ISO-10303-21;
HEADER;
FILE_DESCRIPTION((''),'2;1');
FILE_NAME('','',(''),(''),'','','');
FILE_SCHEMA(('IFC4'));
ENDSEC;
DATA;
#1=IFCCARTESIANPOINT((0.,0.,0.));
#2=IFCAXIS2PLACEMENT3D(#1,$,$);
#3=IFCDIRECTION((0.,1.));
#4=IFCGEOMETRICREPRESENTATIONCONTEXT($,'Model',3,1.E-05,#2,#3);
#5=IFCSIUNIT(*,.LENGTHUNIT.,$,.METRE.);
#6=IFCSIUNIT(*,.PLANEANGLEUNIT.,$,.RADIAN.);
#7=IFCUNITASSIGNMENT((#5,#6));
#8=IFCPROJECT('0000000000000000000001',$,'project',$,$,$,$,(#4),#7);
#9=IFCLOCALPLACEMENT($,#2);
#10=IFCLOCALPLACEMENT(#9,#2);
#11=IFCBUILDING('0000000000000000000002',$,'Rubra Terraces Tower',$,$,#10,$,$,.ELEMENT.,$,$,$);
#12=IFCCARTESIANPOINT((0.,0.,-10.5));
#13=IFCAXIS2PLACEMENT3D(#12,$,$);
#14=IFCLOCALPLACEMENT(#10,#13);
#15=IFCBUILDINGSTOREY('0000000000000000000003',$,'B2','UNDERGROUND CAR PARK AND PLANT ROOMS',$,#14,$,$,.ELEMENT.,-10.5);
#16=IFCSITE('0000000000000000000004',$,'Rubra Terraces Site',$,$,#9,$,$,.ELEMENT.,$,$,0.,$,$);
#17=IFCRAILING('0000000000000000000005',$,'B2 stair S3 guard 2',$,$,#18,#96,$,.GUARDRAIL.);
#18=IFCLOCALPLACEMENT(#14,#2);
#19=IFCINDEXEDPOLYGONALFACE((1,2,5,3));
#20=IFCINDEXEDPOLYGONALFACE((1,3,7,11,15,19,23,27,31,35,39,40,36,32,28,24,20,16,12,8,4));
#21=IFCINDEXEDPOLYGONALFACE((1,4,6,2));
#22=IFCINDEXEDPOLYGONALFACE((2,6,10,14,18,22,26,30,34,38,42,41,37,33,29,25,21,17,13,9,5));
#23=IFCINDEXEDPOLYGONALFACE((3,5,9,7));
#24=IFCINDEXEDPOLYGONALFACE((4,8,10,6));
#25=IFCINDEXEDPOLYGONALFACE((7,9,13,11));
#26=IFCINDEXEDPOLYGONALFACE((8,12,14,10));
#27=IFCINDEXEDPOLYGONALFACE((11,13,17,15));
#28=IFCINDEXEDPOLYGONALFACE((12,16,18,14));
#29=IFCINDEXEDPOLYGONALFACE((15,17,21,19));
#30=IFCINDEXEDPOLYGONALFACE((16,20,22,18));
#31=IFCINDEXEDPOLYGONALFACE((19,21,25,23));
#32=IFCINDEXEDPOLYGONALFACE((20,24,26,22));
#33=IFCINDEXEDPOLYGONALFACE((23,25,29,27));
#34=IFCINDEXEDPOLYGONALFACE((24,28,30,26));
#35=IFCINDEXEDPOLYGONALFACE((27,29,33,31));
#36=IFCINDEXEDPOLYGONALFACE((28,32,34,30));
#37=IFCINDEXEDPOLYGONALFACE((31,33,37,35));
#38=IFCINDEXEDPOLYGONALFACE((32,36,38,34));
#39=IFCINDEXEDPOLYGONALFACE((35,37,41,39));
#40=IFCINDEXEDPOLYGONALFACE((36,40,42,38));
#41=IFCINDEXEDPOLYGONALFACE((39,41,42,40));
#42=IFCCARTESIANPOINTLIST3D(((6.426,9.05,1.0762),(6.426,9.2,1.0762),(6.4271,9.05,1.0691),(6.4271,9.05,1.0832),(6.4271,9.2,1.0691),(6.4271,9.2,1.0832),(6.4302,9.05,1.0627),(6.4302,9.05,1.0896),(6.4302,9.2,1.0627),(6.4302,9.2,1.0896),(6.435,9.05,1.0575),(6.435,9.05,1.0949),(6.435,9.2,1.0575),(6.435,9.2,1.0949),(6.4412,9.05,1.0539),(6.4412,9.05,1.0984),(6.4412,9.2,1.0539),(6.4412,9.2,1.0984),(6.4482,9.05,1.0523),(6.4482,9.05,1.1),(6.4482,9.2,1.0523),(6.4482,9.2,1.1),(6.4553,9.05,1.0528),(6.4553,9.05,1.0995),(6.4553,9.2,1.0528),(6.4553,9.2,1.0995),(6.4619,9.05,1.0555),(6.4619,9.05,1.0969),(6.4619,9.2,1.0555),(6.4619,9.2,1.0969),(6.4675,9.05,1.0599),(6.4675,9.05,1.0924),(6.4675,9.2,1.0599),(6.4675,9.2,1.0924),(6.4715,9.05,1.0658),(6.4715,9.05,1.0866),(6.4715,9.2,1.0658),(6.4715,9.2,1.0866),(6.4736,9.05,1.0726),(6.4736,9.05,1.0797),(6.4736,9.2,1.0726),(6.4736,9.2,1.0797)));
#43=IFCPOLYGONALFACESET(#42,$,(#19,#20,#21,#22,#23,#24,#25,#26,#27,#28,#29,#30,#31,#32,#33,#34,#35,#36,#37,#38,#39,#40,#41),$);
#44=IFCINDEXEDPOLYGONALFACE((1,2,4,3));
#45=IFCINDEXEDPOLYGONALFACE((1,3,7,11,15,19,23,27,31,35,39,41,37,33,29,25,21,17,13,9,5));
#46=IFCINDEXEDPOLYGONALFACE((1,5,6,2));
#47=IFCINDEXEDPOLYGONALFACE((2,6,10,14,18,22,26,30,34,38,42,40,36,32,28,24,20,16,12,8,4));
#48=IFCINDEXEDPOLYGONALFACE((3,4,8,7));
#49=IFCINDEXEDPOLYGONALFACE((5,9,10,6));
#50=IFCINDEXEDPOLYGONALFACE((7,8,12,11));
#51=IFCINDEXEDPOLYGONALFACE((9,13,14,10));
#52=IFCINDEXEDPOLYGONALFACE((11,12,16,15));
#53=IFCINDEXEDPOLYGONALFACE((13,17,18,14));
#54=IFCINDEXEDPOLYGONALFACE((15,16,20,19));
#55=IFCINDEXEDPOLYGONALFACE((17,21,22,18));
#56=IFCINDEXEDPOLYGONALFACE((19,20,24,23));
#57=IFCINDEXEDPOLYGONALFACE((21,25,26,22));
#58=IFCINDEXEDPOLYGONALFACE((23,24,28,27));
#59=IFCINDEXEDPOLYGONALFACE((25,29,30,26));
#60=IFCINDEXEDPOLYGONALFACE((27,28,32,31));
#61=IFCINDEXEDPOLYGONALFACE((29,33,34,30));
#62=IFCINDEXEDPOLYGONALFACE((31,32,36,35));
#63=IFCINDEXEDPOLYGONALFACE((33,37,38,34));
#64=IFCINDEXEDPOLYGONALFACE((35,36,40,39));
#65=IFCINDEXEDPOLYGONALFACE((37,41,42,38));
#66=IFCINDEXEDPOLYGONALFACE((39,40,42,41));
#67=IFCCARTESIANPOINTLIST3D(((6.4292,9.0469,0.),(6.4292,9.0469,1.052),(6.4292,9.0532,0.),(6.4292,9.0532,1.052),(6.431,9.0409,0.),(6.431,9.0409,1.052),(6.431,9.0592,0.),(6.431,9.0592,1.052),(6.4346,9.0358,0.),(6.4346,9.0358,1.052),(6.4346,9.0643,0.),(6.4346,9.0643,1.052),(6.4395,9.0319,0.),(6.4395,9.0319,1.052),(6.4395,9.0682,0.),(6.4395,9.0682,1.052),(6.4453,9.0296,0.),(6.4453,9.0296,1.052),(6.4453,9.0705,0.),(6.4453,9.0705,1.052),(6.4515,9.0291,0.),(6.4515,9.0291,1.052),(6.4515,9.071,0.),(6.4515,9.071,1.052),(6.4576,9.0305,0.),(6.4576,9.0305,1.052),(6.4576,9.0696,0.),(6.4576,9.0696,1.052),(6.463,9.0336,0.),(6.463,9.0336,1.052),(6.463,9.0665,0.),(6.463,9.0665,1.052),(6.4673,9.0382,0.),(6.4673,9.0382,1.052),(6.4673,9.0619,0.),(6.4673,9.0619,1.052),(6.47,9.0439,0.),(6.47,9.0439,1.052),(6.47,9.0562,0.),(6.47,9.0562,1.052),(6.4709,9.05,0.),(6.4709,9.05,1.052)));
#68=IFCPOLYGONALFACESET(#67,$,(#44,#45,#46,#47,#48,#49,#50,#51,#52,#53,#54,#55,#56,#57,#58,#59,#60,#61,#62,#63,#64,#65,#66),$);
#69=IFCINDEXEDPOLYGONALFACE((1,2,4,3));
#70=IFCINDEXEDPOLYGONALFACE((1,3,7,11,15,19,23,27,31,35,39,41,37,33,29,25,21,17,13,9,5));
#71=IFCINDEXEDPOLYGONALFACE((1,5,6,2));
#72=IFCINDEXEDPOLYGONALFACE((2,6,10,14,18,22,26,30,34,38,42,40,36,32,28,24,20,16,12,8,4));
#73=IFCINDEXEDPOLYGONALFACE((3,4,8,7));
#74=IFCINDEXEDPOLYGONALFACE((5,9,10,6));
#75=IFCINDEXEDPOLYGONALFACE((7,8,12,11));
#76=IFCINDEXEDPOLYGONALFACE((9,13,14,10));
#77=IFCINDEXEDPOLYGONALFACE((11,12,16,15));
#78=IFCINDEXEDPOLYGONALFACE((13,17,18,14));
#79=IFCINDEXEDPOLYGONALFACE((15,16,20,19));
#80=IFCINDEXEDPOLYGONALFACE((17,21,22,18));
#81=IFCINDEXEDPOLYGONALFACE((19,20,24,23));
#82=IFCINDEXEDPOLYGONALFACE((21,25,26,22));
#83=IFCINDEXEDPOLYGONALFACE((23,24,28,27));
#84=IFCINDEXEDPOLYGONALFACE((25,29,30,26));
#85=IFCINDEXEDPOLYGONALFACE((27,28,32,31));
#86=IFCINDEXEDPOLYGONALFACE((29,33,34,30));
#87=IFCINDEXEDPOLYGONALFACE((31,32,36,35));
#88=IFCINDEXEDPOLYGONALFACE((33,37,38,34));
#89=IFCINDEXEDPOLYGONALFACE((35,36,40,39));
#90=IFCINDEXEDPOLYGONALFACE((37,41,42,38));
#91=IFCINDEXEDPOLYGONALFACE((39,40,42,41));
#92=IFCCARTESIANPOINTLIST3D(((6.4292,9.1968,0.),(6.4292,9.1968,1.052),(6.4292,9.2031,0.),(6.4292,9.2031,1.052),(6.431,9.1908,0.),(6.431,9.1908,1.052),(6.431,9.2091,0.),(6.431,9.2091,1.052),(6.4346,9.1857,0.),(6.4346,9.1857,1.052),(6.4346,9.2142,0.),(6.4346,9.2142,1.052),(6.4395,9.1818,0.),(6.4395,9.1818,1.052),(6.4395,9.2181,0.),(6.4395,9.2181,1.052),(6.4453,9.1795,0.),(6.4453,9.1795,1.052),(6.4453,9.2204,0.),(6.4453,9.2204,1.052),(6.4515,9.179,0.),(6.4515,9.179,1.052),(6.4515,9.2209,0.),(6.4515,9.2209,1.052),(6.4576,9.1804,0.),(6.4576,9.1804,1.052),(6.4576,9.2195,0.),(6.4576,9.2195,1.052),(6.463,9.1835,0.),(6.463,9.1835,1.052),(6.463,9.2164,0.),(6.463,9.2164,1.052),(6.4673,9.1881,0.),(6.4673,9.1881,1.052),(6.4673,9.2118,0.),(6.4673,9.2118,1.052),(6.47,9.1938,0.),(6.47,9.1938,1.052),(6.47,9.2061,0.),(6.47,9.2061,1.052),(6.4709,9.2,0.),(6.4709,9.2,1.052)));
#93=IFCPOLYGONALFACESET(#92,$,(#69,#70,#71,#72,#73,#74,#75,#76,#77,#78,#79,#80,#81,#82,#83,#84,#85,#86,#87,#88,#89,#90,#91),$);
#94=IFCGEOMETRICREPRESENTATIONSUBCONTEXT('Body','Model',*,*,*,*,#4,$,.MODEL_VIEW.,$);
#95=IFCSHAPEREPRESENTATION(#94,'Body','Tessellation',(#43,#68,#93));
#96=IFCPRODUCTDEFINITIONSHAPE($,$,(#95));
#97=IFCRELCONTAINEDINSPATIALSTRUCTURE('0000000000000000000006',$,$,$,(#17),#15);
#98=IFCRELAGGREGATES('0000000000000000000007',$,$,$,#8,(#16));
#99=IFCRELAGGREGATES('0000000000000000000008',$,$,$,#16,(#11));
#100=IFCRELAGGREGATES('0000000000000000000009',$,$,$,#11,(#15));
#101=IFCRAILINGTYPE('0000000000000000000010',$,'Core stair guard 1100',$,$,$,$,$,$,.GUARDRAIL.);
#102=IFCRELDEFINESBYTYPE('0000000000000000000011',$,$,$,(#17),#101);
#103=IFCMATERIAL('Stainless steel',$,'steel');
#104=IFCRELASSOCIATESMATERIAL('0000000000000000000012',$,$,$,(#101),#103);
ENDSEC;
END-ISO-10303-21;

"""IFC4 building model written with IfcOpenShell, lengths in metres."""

from ifc_helpers import new_model, si_unit, direction, frame, origin, origin_2d, place, context, subcontext, project, spatial, circle, extrude, material, type_object, element, save


model = new_model("IFC4")

# Units and contexts
model_context = context("Model", 3, precision=1e-05, world=origin(), true_north=direction((0.0, 1.0)))
body_context = subcontext(model_context, "Body", "Model", "MODEL_VIEW")
ifc_project = project(units=[si_unit("LENGTHUNIT", "METRE"), si_unit("PLANEANGLEUNIT", "RADIAN")], contexts=[model_context])

# Site, building, storey
site_placement = place(None, origin())
site = spatial("IfcSite", under=ifc_project, at=site_placement, Name="Rubra Terraces Site", CompositionType="ELEMENT", RefElevation=0.0)
building_placement = place(site_placement, origin())
building = spatial("IfcBuilding", under=site, at=building_placement, Name="Rubra Terraces Tower", CompositionType="ELEMENT")
storey_placement = place(building_placement, frame((0.0, 0.0, -10.5)))
storey = spatial("IfcBuildingStorey", under=building, at=storey_placement, Name="B2", Description="UNDERGROUND CAR PARK AND PLANT ROOMS", CompositionType="ELEMENT", Elevation=-10.5)

# Railing
ifc_material_1 = material(Name="Stainless steel", Category="steel")
railing_type_1 = type_object("IfcRailingType", Name="Core stair guard 1100", PredefinedType="GUARDRAIL", material=ifc_material_1)
railing_1_placement = place(storey_placement, frame((6.45, 9.05, 0.0)))
element("IfcRailing", 1, at=railing_1_placement, inside=storey, type_object=railing_type_1, Name="B2 stair S3 guard 2", PredefinedType="GUARDRAIL", context=body_context, shape_type="SweptSolid", body=[
    extrude(circle(Radius=0.0239, at=origin_2d()), frame((0.0, 0.0, 1.0762), z_axis=(0.0, 1.0, 0.0), x_axis=(-1.0, 0.0, 0.0)), (0.0, 0.0, 1.0), 0.1499),
    extrude(circle(Radius=0.021, at=origin_2d()), origin(), (0.0, 0.0, 1.0), 1.052),
    extrude(circle(Radius=0.021, at=origin_2d()), frame((0.0, 0.1499, 0.0)), (0.0, 0.0, 1.0), 1.052),
])

save(model, "model.ifc")
